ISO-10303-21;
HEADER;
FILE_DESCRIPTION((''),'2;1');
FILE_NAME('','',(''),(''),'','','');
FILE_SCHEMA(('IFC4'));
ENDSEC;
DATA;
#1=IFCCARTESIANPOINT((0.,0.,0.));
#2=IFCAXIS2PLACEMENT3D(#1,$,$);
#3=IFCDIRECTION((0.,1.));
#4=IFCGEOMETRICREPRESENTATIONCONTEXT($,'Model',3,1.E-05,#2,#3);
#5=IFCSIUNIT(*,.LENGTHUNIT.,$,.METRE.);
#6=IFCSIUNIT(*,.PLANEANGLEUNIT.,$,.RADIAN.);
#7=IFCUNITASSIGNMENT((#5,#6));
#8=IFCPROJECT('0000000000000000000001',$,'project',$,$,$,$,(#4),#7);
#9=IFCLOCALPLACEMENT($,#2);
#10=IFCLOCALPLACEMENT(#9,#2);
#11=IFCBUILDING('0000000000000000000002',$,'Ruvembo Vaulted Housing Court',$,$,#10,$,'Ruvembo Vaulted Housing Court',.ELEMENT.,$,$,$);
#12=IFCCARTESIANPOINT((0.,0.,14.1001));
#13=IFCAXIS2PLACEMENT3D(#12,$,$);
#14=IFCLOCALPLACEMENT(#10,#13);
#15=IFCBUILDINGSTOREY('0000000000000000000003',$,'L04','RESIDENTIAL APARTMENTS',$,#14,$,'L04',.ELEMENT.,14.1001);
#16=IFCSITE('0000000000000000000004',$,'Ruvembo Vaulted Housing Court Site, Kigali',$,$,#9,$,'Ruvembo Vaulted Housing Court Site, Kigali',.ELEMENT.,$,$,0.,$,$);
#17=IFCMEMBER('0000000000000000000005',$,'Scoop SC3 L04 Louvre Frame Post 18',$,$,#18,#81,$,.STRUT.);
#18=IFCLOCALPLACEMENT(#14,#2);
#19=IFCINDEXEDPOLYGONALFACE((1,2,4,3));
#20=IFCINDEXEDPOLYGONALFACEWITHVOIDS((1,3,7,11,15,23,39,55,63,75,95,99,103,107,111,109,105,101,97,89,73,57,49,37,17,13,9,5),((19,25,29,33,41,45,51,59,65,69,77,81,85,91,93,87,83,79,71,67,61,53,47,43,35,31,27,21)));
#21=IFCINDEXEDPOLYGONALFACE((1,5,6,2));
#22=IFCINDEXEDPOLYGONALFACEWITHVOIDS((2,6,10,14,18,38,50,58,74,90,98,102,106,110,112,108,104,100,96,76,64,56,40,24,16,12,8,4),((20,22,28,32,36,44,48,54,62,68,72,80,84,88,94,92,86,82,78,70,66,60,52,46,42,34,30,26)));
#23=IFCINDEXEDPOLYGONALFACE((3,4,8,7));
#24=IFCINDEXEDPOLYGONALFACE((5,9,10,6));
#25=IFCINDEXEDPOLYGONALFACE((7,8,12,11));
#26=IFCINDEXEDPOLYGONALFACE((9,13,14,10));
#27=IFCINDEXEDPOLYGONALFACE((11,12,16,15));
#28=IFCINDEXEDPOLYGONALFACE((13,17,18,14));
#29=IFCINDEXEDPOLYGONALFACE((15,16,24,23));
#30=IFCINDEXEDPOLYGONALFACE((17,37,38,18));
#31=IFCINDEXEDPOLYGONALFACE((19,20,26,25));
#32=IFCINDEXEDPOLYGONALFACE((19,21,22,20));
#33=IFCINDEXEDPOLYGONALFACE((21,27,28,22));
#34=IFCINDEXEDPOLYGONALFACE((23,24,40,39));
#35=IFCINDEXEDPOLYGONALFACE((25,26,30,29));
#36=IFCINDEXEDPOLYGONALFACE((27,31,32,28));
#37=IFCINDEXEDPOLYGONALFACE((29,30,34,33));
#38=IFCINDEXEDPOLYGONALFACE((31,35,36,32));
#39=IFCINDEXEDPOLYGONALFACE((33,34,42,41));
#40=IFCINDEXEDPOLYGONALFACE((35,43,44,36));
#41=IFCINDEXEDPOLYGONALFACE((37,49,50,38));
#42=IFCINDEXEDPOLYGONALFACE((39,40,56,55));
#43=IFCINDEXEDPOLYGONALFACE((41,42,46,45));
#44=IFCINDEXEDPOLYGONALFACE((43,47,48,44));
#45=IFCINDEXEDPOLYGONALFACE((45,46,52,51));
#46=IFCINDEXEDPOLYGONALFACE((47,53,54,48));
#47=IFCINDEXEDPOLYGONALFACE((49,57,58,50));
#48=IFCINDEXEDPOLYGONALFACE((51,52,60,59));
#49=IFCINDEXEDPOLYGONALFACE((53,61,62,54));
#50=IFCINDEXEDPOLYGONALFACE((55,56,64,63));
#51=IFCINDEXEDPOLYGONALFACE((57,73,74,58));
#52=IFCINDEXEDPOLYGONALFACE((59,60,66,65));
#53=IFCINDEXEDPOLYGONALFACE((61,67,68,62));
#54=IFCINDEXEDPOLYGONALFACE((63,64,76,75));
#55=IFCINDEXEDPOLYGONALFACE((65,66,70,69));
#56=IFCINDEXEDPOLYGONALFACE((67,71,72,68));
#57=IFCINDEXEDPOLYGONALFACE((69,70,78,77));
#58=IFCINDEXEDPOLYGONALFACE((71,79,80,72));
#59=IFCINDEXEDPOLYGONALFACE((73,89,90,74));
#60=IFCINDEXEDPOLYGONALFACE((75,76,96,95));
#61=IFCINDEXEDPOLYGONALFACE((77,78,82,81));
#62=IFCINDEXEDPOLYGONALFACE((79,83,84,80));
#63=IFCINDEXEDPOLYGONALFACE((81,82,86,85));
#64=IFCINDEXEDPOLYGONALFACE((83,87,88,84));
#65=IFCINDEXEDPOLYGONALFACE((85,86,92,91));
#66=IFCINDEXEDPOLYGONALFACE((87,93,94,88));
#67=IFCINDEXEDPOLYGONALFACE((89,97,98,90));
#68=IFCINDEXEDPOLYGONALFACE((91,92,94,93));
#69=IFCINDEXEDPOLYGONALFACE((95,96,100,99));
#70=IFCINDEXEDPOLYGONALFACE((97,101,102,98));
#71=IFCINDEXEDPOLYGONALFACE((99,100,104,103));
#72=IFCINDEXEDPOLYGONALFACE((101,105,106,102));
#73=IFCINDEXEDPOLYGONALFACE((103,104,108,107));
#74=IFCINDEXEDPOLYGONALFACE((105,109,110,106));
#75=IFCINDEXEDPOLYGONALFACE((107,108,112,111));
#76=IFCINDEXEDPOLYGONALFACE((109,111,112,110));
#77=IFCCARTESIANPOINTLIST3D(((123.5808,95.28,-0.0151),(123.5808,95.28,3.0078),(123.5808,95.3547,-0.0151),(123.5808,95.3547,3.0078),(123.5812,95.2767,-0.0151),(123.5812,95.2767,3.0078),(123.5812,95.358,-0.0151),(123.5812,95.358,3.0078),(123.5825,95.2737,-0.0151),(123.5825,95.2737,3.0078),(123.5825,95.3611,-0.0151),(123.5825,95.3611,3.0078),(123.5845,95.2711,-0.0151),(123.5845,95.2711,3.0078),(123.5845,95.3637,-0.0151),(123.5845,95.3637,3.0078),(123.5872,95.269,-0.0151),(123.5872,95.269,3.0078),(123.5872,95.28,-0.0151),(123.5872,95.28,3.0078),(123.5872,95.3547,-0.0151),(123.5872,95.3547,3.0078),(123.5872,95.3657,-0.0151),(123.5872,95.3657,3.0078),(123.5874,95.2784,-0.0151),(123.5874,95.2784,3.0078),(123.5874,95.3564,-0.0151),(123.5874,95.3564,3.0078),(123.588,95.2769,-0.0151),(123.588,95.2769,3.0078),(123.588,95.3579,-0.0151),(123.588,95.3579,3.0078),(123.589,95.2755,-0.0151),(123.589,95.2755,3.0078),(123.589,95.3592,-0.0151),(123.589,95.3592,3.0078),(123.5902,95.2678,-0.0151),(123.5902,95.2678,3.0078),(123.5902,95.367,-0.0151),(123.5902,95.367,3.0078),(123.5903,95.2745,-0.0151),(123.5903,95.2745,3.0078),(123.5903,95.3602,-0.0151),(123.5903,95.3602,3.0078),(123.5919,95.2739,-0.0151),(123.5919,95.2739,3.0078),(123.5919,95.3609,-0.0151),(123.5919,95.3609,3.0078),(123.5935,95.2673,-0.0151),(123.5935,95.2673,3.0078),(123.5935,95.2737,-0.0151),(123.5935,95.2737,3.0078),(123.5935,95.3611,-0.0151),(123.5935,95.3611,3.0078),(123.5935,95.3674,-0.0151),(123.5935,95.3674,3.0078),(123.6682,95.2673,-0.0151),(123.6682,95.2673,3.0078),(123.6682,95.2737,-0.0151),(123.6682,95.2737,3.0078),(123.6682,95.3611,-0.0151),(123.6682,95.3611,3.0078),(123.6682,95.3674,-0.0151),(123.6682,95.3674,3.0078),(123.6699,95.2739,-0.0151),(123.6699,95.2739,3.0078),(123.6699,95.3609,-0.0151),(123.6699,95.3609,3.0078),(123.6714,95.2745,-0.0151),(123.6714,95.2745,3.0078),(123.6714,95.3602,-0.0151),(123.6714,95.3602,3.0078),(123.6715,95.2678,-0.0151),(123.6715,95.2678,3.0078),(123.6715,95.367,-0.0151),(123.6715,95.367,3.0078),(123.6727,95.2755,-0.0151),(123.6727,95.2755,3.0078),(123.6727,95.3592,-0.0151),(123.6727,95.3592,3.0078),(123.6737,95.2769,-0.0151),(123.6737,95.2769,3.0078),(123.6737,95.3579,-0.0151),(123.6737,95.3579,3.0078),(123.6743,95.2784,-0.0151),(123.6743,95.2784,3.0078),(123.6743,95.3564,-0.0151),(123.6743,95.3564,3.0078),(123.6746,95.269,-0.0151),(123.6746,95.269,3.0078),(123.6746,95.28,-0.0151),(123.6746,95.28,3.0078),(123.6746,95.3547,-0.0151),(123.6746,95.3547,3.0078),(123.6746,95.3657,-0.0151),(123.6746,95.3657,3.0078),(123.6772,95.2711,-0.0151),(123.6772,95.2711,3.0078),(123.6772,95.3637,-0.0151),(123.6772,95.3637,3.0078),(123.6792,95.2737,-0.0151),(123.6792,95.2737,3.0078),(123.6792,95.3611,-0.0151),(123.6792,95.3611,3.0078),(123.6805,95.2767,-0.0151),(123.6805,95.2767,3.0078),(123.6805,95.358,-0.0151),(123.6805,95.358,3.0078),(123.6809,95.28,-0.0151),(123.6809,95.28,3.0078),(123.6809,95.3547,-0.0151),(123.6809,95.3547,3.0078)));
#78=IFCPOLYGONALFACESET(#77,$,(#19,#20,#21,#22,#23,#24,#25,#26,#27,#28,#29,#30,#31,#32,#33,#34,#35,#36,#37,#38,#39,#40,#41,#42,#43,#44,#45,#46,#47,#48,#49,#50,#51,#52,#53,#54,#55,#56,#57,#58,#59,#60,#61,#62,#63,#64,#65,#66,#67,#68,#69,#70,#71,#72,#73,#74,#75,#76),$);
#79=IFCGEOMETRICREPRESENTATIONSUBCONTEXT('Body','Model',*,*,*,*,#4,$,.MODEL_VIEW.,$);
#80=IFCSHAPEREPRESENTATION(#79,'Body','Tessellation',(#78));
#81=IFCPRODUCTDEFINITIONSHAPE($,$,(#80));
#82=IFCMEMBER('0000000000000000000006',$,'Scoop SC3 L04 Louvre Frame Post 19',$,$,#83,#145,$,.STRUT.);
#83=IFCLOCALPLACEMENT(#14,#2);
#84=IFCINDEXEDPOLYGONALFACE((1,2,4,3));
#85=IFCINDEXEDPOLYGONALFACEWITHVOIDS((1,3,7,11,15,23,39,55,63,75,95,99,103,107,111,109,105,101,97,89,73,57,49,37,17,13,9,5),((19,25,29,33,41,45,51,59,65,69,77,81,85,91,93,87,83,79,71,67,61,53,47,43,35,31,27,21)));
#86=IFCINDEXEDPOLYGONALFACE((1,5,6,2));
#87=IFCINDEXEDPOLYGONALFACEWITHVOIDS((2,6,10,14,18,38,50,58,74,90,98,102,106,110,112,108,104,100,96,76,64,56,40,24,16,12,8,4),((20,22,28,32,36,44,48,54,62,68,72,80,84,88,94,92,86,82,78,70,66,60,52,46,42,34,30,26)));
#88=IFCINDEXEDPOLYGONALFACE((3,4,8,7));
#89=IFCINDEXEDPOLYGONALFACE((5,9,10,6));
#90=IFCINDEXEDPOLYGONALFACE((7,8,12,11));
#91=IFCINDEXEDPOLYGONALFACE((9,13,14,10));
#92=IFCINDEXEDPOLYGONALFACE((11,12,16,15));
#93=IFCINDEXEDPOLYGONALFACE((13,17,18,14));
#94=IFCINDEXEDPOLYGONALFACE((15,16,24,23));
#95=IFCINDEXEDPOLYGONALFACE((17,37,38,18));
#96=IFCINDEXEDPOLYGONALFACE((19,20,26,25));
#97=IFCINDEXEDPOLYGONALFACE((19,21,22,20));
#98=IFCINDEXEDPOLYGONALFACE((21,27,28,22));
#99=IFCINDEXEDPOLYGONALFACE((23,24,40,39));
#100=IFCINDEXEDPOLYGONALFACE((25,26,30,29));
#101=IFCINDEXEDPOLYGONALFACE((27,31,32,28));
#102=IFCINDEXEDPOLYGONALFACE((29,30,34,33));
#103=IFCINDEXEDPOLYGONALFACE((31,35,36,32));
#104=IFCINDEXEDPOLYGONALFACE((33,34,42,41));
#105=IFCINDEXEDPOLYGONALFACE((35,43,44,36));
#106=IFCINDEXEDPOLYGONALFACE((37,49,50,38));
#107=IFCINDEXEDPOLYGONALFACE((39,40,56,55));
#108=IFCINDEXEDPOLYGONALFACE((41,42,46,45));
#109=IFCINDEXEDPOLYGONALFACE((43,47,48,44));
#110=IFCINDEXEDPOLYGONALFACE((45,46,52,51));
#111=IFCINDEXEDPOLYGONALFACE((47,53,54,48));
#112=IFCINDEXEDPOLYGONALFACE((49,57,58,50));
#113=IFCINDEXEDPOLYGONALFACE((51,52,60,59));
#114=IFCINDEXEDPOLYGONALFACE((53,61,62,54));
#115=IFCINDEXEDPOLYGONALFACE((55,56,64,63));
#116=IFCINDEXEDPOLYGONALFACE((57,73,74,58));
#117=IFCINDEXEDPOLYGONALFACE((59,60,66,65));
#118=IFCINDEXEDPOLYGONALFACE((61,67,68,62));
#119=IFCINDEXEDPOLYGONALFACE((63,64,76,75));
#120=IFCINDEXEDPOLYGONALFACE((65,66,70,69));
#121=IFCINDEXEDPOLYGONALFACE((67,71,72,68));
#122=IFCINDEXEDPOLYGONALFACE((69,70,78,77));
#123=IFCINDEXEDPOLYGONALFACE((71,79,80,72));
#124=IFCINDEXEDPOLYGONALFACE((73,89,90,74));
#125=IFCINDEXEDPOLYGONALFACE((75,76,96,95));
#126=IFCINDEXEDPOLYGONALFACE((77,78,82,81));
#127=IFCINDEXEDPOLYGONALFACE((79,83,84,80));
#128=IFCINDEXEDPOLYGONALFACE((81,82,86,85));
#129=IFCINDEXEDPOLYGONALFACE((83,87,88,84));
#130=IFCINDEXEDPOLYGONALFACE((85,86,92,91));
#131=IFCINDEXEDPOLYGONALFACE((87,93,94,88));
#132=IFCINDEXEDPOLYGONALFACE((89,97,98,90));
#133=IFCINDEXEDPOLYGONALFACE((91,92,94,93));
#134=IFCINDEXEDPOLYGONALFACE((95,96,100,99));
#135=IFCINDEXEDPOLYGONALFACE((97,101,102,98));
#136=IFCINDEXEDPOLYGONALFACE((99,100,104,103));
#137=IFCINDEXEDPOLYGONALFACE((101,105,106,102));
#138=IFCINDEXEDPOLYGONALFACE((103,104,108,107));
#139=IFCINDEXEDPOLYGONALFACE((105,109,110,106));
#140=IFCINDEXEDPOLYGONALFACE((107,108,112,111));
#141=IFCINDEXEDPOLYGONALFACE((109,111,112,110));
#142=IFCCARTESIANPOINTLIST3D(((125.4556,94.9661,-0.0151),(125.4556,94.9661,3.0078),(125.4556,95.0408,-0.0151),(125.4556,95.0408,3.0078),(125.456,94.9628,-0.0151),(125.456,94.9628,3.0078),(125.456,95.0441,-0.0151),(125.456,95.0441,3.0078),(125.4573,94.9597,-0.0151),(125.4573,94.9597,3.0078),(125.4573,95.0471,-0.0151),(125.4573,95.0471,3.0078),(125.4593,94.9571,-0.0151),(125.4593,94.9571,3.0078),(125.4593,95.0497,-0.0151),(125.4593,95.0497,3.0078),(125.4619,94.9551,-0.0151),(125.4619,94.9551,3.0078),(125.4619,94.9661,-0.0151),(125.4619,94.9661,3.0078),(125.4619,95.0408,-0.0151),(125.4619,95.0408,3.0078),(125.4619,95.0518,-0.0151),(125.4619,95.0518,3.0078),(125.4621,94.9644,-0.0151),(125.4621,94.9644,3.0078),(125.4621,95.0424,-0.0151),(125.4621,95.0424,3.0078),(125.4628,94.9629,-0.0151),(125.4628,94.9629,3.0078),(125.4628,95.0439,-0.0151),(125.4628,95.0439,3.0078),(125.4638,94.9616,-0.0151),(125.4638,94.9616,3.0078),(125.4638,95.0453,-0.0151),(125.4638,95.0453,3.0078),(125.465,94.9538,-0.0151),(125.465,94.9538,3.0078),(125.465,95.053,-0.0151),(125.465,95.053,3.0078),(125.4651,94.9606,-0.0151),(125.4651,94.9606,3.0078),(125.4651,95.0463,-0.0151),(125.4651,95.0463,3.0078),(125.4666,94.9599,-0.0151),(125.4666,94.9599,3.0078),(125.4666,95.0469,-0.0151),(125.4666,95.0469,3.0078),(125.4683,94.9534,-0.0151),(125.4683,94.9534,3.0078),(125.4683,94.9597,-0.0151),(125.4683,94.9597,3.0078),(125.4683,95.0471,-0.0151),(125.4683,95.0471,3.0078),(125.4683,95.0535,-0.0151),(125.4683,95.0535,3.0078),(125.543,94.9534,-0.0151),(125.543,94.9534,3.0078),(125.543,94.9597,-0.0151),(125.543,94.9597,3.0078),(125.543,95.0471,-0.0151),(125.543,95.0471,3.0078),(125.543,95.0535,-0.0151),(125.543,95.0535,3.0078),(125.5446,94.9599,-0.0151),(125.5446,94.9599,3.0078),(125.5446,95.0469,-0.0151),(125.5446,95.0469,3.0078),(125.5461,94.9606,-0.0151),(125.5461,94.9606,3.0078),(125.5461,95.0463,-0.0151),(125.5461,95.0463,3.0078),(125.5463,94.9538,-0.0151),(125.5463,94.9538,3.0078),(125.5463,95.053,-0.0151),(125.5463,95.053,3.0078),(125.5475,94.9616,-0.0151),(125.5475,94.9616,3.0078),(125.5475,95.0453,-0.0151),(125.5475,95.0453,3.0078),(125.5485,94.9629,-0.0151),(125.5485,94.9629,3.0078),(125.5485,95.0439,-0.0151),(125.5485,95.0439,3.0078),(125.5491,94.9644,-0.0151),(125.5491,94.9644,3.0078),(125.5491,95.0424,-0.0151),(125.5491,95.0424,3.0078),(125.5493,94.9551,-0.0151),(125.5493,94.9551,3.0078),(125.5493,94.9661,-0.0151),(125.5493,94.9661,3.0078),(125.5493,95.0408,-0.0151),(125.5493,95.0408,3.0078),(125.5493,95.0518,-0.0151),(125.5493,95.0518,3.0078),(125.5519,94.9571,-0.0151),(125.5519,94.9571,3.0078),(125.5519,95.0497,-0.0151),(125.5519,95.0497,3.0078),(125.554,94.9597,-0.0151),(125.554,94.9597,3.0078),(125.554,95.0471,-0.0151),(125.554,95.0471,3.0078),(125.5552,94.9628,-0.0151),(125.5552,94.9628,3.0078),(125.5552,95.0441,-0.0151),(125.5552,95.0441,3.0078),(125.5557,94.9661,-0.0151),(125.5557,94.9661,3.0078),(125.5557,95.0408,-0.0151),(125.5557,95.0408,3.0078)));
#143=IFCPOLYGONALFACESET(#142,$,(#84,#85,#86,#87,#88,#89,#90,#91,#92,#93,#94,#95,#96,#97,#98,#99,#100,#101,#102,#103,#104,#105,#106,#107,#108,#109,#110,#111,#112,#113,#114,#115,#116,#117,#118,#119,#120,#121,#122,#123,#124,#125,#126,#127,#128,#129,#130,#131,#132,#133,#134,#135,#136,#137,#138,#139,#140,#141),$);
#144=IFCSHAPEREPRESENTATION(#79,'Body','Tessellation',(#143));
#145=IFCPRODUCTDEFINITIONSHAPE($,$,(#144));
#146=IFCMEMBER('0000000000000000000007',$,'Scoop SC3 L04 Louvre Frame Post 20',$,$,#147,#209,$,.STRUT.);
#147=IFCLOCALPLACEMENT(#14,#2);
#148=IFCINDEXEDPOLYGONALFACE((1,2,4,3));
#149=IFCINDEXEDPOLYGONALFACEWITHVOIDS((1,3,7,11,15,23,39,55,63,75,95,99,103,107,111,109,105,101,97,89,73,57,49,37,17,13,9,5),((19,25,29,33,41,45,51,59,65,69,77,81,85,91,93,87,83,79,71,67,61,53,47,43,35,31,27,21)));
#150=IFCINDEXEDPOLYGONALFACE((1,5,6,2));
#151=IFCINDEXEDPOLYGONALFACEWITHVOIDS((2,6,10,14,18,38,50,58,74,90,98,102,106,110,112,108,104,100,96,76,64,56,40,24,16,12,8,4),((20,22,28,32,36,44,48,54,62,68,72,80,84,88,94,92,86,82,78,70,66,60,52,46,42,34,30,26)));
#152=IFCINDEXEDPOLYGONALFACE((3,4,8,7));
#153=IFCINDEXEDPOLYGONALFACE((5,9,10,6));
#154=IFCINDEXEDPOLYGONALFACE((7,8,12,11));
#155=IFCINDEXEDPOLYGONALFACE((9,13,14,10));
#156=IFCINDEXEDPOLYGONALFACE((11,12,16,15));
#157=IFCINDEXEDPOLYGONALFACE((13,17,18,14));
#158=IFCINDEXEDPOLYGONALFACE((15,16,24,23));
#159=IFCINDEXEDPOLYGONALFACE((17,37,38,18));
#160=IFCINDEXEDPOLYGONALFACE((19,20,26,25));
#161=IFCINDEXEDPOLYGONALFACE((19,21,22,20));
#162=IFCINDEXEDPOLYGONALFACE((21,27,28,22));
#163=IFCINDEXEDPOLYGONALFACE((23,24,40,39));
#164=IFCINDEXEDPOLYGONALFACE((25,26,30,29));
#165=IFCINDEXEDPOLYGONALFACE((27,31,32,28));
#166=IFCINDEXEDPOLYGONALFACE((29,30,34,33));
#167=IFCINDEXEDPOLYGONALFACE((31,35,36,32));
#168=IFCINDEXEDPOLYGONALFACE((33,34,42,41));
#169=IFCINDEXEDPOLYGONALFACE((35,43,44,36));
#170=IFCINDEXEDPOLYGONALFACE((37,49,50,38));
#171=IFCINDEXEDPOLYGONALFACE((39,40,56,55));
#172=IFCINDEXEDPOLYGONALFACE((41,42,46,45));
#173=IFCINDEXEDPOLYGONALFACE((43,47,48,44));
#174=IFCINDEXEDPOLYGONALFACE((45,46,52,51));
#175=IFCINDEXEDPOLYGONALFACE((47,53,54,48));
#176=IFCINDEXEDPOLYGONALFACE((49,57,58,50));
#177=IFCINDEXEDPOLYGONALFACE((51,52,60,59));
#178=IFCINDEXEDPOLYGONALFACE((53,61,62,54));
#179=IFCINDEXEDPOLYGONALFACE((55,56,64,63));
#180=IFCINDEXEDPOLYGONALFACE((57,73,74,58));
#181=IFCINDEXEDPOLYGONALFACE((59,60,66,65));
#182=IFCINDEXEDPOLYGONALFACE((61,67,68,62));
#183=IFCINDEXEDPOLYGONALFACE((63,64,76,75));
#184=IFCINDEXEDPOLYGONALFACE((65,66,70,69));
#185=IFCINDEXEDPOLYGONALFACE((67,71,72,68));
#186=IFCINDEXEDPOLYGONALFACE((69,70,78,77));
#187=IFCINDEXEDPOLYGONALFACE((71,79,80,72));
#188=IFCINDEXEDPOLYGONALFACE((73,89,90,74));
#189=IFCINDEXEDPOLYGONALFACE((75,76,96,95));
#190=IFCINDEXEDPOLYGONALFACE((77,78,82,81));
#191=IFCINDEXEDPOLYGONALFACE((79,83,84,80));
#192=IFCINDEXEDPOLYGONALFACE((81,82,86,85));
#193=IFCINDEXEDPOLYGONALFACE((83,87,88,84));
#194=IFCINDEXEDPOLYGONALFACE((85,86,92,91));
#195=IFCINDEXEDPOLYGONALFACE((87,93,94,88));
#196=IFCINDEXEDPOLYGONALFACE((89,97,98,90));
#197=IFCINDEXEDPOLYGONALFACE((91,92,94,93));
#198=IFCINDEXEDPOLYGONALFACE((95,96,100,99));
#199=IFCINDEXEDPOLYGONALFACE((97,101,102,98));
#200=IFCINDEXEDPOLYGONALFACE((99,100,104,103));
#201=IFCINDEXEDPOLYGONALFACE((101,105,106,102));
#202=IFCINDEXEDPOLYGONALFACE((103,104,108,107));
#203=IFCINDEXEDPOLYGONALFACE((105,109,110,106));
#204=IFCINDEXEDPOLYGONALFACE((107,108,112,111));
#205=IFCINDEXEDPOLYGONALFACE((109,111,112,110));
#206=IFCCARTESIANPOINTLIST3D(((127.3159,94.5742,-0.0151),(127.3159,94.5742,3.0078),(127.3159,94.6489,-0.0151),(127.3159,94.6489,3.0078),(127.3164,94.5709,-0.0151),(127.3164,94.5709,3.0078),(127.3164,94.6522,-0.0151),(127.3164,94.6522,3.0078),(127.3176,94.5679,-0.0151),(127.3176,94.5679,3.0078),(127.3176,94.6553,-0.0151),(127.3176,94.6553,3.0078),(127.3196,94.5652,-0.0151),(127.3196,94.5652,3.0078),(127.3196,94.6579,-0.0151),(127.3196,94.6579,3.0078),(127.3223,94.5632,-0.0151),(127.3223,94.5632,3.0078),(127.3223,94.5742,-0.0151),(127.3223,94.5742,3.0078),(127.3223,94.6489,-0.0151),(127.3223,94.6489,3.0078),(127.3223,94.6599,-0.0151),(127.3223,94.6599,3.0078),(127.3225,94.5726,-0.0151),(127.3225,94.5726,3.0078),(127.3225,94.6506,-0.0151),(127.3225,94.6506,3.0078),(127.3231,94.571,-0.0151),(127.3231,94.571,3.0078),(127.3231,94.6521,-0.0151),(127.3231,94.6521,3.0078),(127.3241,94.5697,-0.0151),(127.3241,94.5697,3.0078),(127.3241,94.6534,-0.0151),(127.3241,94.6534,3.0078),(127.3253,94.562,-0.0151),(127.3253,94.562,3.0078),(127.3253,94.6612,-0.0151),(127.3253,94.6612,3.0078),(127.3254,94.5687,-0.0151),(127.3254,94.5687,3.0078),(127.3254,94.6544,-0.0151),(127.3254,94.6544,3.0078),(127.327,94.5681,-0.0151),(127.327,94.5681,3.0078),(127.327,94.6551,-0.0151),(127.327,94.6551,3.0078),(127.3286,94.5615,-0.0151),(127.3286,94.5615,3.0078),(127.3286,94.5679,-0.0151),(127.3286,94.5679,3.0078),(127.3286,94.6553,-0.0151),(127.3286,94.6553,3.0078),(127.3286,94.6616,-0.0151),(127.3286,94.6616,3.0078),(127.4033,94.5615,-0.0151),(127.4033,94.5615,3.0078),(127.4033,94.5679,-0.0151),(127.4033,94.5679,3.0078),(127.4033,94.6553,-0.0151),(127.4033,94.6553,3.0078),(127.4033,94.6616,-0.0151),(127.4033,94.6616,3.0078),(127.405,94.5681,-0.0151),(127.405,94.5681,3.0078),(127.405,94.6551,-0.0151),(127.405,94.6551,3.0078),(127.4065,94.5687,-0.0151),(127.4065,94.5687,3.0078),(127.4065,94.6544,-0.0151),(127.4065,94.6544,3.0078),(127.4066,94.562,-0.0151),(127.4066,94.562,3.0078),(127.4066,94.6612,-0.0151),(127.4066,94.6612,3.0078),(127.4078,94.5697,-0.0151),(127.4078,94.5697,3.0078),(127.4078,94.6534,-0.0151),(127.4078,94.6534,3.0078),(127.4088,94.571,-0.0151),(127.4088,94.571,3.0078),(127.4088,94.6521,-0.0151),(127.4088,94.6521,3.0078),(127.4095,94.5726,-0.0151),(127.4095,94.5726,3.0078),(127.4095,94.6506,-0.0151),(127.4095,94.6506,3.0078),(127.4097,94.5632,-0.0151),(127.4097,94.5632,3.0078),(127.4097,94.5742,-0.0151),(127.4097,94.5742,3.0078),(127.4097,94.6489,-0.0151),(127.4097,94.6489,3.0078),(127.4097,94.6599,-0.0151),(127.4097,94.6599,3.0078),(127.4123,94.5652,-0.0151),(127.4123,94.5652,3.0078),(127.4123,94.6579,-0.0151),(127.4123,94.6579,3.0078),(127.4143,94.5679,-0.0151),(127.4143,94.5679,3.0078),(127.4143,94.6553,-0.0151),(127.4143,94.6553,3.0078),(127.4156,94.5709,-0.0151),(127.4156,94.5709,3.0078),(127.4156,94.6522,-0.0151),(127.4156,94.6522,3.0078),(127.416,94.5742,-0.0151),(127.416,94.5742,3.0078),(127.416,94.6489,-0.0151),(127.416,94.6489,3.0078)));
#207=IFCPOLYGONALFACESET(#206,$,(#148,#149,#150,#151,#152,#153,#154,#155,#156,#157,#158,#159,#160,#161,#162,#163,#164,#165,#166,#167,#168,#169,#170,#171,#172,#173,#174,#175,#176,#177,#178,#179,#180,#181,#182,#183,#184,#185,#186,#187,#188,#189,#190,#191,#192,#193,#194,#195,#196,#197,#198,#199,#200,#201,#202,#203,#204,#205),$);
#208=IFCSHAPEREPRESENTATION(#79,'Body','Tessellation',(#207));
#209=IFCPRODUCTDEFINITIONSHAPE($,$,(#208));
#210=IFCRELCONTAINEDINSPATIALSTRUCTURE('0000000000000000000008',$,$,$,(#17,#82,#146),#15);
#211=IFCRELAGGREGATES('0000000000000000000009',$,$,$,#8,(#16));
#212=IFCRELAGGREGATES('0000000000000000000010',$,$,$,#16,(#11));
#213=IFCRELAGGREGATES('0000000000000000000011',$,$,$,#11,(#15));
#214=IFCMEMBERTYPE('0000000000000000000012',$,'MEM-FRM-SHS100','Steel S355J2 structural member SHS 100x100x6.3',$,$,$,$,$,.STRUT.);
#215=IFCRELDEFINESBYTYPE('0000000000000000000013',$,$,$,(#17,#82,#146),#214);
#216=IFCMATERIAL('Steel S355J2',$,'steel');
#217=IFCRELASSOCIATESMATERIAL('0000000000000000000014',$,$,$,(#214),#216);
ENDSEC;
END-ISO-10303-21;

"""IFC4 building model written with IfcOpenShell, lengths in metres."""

from ifc_helpers import new_model, si_unit, direction, frame, origin, origin_2d, place, context, subcontext, project, spatial, hollow_rectangle, extrude, material, material_profile, profile_set, type_object, element, save


model = new_model("IFC4")

# Units and contexts
model_context = context("Model", 3, precision=1e-05, world=origin(), true_north=direction((0.0, 1.0)))
body_context = subcontext(model_context, "Body", "Model", "MODEL_VIEW")
ifc_project = project(units=[si_unit("LENGTHUNIT", "METRE"), si_unit("PLANEANGLEUNIT", "RADIAN")], contexts=[model_context])

# Site, building, storey
site_placement = place(None, origin())
site = spatial("IfcSite", under=ifc_project, at=site_placement, Name="Ruvembo Vaulted Housing Court Site, Kigali", LongName="Ruvembo Vaulted Housing Court Site, Kigali", CompositionType="ELEMENT", RefElevation=0.0)
building_placement = place(site_placement, origin())
building = spatial("IfcBuilding", under=site, at=building_placement, Name="Ruvembo Vaulted Housing Court", LongName="Ruvembo Vaulted Housing Court", CompositionType="ELEMENT")
storey_placement = place(building_placement, frame((0.0, 0.0, 14.1001)))
storey = spatial("IfcBuildingStorey", under=building, at=storey_placement, Name="L04", Description="RESIDENTIAL APARTMENTS", LongName="L04", CompositionType="ELEMENT", Elevation=14.1001)

# Shared definitions
ifc_material_1 = material(Name="Steel S355J2", Category="steel")

# Members
ifc_material_profile_1 = material_profile(ifc_material_1, hollow_rectangle(XDim=0.1001, YDim=0.1001, WallThickness=0.0063, InnerFilletRadius=0.0063, OuterFilletRadius=0.0127, at=origin_2d()), Name="SHS 100x100x6.3")
ifc_profile_set_1 = profile_set([ifc_material_profile_1], Name="Steel S355J2")
member_type_1 = type_object("IfcMemberType", Name="MEM-FRM-SHS100", Description="Steel S355J2 structural member SHS 100x100x6.3", PredefinedType="STRUT", material=ifc_profile_set_1)
for number, where, z_axis, x_axis, name in (
    (1, (123.6309, 95.3174, -0.0151), (0.0, 0.0, 1.0), (1.0, 0.0, 0.0), "Scoop SC3 L04 Louvre Frame Post 18"),
    (2, (125.5056, 95.0034, -0.0151), (0.0, 0.0, 1.0), (1.0, 0.0, 0.0), "Scoop SC3 L04 Louvre Frame Post 19"),
    (3, (127.366, 94.6116, -0.0151), (0.0, 0.0, 1.0), (1.0, 0.0, 0.0), "Scoop SC3 L04 Louvre Frame Post 20"),
):
    element("IfcMember", number, at=place(storey_placement, frame(where, z_axis=z_axis, x_axis=x_axis)), inside=storey, type_object=member_type_1, Name=name, PredefinedType="STRUT", context=body_context, shape_type="SweptSolid", body=[
        extrude(hollow_rectangle(XDim=0.1001, YDim=0.1001, WallThickness=0.0063, InnerFilletRadius=0.0063, OuterFilletRadius=0.0127, at=origin_2d()), origin(), (0.0, 0.0, 1.0), 3.0229),
    ])

save(model, "model.ifc")
